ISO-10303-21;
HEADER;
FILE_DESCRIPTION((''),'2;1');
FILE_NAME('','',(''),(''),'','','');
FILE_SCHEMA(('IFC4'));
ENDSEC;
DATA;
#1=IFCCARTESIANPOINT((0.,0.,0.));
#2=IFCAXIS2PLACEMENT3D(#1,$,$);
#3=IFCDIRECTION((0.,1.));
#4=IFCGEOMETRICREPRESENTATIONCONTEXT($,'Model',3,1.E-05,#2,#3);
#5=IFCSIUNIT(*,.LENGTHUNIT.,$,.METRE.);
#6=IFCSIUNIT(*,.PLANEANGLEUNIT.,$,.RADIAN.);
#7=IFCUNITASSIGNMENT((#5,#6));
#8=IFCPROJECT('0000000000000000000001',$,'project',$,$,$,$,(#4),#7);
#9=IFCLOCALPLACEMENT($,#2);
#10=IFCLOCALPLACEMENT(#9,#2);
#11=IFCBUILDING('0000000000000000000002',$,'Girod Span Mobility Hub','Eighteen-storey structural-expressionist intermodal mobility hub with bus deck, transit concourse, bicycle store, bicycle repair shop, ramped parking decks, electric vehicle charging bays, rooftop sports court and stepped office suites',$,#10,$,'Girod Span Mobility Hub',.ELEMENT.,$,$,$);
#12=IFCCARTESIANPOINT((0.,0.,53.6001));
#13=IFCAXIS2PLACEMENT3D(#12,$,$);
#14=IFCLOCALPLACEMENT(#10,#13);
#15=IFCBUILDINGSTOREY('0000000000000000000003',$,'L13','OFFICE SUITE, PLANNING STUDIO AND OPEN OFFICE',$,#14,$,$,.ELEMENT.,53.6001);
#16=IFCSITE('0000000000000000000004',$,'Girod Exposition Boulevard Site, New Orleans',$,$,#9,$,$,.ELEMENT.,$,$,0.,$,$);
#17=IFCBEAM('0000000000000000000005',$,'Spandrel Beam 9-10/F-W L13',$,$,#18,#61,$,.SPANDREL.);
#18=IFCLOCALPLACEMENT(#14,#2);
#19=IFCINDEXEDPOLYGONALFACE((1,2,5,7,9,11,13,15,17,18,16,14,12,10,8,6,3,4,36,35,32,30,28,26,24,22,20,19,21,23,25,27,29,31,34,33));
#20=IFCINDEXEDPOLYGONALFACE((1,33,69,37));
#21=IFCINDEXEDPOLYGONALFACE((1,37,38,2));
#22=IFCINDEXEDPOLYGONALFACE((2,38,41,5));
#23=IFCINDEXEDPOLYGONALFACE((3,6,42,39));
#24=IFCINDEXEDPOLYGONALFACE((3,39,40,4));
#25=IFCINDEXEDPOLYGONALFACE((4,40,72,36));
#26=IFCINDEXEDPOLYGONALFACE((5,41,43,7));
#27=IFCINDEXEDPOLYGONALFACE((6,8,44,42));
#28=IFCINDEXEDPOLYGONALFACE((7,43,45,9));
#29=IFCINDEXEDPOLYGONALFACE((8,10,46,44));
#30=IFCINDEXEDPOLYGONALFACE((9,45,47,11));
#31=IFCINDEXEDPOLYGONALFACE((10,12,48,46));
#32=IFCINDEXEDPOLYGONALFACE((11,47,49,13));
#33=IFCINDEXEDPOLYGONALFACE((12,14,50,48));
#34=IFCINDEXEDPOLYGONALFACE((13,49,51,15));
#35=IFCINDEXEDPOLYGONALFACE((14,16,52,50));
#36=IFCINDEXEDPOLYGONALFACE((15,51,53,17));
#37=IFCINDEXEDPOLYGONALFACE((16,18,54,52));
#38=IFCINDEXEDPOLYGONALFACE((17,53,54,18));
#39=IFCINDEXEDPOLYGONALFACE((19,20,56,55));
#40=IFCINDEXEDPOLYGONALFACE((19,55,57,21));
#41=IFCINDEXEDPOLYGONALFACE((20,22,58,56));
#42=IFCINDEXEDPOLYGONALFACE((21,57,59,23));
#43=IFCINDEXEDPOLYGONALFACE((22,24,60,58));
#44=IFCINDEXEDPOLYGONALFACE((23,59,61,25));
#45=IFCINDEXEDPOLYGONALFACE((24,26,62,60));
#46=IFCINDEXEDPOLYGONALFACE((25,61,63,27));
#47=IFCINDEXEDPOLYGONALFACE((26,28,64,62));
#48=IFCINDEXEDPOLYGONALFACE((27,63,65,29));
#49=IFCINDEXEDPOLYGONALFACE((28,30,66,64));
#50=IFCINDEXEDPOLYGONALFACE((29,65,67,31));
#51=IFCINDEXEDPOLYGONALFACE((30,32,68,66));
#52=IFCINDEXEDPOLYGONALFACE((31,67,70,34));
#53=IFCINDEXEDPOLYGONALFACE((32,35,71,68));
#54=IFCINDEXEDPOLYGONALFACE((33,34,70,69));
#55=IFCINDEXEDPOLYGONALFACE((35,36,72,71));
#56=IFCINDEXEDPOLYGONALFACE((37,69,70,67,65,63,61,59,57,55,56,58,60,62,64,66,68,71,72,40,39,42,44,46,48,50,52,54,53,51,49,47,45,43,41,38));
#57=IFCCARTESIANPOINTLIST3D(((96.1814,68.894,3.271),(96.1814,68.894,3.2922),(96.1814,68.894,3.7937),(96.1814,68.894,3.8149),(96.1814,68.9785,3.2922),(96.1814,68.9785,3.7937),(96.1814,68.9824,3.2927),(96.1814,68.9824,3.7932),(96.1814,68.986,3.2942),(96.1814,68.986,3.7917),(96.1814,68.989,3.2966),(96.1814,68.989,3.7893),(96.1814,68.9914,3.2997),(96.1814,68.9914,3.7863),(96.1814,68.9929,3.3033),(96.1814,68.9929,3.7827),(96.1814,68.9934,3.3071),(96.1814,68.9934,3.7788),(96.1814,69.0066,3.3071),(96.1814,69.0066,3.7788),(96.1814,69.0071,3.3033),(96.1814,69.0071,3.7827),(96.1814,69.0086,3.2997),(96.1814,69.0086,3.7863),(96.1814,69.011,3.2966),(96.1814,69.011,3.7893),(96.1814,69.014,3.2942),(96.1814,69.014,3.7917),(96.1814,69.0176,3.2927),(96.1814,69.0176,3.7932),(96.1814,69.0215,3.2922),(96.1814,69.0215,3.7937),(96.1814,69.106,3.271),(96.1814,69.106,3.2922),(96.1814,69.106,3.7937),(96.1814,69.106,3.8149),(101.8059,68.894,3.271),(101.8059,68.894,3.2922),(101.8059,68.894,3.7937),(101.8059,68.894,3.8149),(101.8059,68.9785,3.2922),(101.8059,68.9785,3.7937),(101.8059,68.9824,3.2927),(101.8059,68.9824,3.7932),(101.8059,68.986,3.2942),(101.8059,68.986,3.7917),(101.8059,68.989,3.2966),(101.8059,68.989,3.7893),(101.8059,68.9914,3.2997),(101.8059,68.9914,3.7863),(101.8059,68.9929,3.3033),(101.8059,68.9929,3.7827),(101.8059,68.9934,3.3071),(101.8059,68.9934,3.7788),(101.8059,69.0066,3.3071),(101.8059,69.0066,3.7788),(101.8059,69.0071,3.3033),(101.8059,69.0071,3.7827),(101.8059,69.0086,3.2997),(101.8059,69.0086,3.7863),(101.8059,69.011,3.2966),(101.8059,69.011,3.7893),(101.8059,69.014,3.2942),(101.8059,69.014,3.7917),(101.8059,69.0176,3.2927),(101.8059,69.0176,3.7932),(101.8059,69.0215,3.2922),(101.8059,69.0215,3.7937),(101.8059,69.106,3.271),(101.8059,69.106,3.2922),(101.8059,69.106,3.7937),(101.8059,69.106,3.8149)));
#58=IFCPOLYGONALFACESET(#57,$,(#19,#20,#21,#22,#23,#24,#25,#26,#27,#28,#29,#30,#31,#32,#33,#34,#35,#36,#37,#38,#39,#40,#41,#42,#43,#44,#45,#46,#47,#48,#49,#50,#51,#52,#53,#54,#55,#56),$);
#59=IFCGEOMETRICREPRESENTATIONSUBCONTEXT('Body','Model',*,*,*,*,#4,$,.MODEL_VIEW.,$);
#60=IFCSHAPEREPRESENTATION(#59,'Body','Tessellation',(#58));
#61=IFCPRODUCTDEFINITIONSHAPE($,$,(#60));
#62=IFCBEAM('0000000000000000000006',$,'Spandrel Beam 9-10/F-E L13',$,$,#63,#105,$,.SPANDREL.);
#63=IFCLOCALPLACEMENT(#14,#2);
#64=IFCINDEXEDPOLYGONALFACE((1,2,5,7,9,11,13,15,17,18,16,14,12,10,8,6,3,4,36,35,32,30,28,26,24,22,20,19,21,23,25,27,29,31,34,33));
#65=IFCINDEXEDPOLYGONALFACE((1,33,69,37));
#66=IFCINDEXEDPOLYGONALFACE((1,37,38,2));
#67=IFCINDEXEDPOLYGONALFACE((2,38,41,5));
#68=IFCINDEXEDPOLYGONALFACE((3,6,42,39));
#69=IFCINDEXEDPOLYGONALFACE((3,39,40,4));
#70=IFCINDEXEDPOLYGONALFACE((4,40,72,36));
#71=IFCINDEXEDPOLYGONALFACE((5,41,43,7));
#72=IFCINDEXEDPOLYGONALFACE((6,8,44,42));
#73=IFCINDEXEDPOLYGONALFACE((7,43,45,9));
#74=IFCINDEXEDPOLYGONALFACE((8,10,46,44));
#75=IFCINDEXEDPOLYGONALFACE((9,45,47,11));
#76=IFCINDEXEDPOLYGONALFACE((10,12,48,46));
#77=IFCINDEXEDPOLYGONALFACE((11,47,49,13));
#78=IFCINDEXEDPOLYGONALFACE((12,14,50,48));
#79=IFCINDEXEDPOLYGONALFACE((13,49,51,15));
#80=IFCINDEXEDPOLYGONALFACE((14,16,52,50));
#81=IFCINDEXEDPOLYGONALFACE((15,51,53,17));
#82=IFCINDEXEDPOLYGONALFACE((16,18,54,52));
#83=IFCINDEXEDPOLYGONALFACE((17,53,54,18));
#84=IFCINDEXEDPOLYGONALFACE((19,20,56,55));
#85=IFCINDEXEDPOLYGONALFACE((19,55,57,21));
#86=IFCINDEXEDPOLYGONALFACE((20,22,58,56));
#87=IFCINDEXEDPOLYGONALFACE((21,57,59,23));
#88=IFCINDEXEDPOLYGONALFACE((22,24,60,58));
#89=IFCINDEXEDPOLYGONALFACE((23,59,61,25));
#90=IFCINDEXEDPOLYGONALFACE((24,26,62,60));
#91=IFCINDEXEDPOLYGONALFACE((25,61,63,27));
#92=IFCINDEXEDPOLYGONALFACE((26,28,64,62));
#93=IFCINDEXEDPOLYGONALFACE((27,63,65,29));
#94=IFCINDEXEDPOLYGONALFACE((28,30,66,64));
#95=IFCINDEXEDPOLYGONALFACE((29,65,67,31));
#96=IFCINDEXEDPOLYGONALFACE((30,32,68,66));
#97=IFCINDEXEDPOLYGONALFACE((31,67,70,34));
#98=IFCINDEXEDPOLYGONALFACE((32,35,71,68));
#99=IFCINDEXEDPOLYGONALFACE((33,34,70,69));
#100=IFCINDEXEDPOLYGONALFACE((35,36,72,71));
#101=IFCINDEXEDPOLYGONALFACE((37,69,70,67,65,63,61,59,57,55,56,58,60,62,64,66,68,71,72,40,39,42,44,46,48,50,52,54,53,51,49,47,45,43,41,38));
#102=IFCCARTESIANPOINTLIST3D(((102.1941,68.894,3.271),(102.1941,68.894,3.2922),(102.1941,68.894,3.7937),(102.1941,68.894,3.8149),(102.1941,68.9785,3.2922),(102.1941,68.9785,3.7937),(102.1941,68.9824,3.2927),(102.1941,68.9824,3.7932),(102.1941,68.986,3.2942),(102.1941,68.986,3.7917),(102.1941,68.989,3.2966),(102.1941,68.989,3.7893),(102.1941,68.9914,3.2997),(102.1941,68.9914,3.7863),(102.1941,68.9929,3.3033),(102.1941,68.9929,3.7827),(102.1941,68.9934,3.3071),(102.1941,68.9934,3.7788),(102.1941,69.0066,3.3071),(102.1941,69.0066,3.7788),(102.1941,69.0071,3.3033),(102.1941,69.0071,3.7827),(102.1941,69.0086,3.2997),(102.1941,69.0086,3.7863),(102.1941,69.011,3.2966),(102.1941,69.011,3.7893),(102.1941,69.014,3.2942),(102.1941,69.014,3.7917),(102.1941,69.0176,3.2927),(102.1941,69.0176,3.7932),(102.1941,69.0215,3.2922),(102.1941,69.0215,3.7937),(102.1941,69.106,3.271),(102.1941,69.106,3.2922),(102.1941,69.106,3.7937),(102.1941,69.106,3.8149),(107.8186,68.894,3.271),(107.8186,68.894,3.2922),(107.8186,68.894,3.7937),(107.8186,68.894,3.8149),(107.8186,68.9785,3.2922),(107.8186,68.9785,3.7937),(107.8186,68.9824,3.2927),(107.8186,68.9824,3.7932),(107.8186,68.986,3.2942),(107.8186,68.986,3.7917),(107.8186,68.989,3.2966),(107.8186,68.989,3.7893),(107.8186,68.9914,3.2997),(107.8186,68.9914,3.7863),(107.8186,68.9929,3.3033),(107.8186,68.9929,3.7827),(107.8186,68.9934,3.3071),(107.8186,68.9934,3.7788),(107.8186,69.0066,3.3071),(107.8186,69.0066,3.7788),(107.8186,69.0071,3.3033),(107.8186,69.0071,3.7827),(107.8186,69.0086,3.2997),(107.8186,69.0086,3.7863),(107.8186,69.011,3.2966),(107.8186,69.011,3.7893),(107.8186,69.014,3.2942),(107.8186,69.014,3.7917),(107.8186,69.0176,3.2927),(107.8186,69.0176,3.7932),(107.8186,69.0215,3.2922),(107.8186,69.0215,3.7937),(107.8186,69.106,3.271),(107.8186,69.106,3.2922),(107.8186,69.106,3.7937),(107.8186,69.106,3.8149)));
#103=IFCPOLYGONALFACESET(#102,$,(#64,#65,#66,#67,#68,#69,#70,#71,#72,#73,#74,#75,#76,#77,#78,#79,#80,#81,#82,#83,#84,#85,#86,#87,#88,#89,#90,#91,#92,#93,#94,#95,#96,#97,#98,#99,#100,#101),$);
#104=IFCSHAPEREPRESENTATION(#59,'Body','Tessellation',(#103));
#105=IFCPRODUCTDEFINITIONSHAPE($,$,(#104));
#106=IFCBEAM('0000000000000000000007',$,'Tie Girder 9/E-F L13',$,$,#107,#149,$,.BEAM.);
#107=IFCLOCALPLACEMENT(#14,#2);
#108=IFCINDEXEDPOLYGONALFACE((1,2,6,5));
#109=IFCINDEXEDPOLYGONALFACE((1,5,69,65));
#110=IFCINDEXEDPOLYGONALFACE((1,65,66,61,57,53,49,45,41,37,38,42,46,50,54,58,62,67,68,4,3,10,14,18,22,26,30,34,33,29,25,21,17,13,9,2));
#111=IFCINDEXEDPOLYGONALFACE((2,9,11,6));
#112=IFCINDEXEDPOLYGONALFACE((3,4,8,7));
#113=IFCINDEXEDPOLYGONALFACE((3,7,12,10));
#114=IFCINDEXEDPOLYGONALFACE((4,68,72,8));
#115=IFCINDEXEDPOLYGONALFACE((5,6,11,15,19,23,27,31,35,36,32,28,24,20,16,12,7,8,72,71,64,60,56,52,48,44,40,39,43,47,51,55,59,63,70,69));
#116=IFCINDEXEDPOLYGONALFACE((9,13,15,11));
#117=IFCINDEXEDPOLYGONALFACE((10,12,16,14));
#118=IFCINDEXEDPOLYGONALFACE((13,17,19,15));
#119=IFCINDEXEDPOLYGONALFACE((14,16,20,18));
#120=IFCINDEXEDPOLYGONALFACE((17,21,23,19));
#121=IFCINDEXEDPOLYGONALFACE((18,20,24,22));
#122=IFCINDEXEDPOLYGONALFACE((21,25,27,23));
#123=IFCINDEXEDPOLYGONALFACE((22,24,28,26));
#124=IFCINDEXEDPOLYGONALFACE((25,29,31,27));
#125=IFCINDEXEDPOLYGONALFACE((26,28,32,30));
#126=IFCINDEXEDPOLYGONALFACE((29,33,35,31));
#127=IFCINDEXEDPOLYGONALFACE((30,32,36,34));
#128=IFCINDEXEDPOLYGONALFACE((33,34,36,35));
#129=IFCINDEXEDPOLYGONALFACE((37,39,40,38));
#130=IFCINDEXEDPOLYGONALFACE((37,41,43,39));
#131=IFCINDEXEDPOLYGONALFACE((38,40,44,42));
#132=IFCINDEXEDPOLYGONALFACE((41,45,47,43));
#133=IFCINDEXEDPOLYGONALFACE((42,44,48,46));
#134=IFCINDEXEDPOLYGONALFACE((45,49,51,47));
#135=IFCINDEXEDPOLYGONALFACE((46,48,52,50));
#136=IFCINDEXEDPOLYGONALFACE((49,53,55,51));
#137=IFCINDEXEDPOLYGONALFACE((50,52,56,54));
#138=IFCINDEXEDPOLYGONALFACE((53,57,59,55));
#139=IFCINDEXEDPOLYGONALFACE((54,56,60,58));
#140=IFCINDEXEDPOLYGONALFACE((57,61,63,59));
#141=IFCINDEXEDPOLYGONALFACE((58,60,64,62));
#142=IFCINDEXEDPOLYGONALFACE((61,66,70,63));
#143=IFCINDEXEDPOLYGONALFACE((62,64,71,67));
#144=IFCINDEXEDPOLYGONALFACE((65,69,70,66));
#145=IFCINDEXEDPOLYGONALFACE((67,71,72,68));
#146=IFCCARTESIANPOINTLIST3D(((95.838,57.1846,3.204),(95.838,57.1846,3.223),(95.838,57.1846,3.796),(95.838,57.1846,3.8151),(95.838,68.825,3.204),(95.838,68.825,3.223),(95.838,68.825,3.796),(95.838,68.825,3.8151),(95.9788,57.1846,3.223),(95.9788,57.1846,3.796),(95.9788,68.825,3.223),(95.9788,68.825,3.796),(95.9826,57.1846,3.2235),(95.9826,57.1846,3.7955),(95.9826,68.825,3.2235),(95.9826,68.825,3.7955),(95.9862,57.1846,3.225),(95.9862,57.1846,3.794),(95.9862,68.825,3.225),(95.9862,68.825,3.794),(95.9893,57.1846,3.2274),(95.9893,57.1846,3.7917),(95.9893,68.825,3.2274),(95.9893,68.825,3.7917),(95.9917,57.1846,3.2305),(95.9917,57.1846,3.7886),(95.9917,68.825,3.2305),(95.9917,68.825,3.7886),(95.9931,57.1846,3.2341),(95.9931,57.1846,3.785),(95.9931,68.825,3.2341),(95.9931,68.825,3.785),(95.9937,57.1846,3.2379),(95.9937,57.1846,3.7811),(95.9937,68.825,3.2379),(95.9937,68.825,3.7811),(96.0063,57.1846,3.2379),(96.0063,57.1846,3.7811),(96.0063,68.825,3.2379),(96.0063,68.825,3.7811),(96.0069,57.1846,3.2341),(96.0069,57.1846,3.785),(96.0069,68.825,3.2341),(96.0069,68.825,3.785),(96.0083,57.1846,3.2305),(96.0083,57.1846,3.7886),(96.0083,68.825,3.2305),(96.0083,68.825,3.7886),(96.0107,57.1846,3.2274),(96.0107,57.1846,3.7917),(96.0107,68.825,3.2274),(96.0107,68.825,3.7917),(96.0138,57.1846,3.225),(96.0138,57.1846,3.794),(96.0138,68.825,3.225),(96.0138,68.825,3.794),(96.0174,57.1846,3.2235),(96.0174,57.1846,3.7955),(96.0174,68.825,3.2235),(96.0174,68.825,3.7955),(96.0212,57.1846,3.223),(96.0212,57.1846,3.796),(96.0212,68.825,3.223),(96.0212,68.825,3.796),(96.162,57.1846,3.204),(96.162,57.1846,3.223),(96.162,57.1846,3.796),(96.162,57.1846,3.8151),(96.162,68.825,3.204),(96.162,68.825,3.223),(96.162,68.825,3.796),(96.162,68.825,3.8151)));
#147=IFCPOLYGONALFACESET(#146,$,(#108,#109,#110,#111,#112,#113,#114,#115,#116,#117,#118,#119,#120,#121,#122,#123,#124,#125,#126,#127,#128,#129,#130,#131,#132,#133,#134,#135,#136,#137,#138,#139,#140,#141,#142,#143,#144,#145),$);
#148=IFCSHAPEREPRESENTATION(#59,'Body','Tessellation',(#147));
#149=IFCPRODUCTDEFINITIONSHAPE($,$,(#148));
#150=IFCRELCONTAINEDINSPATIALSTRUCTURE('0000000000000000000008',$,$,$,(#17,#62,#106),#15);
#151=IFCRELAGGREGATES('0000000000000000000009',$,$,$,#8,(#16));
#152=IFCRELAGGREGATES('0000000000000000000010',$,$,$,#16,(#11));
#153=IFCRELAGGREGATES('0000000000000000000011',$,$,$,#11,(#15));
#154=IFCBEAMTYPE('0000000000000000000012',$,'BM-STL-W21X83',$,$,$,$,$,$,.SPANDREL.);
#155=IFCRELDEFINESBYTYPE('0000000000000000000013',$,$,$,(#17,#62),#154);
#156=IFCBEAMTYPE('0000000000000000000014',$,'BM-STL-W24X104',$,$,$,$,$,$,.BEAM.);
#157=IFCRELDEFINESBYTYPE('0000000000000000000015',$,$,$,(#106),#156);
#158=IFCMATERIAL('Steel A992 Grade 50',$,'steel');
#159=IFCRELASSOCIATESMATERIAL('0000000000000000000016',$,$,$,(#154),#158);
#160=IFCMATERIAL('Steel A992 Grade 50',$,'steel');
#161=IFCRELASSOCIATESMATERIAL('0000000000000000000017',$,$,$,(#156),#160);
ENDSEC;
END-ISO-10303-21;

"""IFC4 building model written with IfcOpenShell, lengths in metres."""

from ifc_helpers import new_model, si_unit, direction, frame, origin, origin_2d, place, context, subcontext, project, spatial, i_section, extrude, material, material_profile, profile_set, type_object, element, save


model = new_model("IFC4")

# Units and contexts
model_context = context("Model", 3, precision=1e-05, world=origin(), true_north=direction((0.0, 1.0)))
body_context = subcontext(model_context, "Body", "Model", "MODEL_VIEW")
ifc_project = project(units=[si_unit("LENGTHUNIT", "METRE"), si_unit("PLANEANGLEUNIT", "RADIAN")], contexts=[model_context])

# Site, building, storey
site_placement = place(None, origin())
site = spatial("IfcSite", under=ifc_project, at=site_placement, Name="Girod Exposition Boulevard Site, New Orleans", CompositionType="ELEMENT", RefElevation=0.0)
building_placement = place(site_placement, origin())
building = spatial("IfcBuilding", under=site, at=building_placement, Name="Girod Span Mobility Hub", Description="Eighteen-storey structural-expressionist intermodal mobility hub with bus deck, transit concourse, bicycle store, bicycle repair shop, ramped parking decks, electric vehicle charging bays, rooftop sports court and stepped office suites", LongName="Girod Span Mobility Hub", CompositionType="ELEMENT")
storey_placement = place(building_placement, frame((0.0, 0.0, 53.6001)))
storey = spatial("IfcBuildingStorey", under=building, at=storey_placement, Name="L13", Description="OFFICE SUITE, PLANNING STUDIO AND OPEN OFFICE", CompositionType="ELEMENT", Elevation=53.6001)

# Beams
ifc_material_1 = material(Name="Steel A992 Grade 50", Category="steel")
ifc_material_profile_1 = material_profile(ifc_material_1, i_section(OverallWidth=0.2119, OverallDepth=0.5439, WebThickness=0.0132, FlangeThickness=0.0212, FilletRadius=0.0149, at=origin_2d()), Name="W21X83")
ifc_profile_set_1 = profile_set([ifc_material_profile_1], Name="Steel A992 Grade 50")
beam_type_1 = type_object("IfcBeamType", Name="BM-STL-W21X83", PredefinedType="SPANDREL", material=ifc_profile_set_1)
for number, where, z_axis, x_axis, name in (
    (1, (96.1814, 69.0, 3.543), (1.0, 0.0, 0.0), (0.0, 1.0, 0.0), "Spandrel Beam 9-10/F-W L13"),
    (2, (102.1941, 69.0, 3.543), (1.0, 0.0, 0.0), (0.0, 1.0, 0.0), "Spandrel Beam 9-10/F-E L13"),
):
    element("IfcBeam", number, at=place(storey_placement, frame(where, z_axis=z_axis, x_axis=x_axis)), inside=storey, type_object=beam_type_1, Name=name, PredefinedType="SPANDREL", context=body_context, shape_type="SweptSolid", body=[
        extrude(i_section(OverallWidth=0.2119, OverallDepth=0.5439, WebThickness=0.0132, FlangeThickness=0.0212, FilletRadius=0.0149, at=origin_2d()), origin(), (0.0, 0.0, 1.0), 5.6245),
    ])
ifc_material_2 = material(Name="Steel A992 Grade 50", Category="steel")
ifc_material_profile_2 = material_profile(ifc_material_2, i_section(OverallWidth=0.324, OverallDepth=0.6111, WebThickness=0.0127, FlangeThickness=0.019, FilletRadius=0.0149, at=origin_2d()), Name="W24X104")
ifc_profile_set_2 = profile_set([ifc_material_profile_2], Name="Steel A992 Grade 50")
beam_type_2 = type_object("IfcBeamType", Name="BM-STL-W24X104", PredefinedType="BEAM", material=ifc_profile_set_2)
beam_1_placement = place(storey_placement, frame((96.0, 57.1846, 3.5095), z_axis=(0.0, 1.0, 0.0), x_axis=(-1.0, 0.0, 0.0)))
element("IfcBeam", 3, at=beam_1_placement, inside=storey, type_object=beam_type_2, Name="Tie Girder 9/E-F L13", PredefinedType="BEAM", context=body_context, shape_type="SweptSolid", body=[
    extrude(i_section(OverallWidth=0.324, OverallDepth=0.6111, WebThickness=0.0127, FlangeThickness=0.019, FilletRadius=0.0149, at=origin_2d()), origin(), (0.0, 0.0, 1.0), 11.6404),
])

save(model, "model.ifc")
